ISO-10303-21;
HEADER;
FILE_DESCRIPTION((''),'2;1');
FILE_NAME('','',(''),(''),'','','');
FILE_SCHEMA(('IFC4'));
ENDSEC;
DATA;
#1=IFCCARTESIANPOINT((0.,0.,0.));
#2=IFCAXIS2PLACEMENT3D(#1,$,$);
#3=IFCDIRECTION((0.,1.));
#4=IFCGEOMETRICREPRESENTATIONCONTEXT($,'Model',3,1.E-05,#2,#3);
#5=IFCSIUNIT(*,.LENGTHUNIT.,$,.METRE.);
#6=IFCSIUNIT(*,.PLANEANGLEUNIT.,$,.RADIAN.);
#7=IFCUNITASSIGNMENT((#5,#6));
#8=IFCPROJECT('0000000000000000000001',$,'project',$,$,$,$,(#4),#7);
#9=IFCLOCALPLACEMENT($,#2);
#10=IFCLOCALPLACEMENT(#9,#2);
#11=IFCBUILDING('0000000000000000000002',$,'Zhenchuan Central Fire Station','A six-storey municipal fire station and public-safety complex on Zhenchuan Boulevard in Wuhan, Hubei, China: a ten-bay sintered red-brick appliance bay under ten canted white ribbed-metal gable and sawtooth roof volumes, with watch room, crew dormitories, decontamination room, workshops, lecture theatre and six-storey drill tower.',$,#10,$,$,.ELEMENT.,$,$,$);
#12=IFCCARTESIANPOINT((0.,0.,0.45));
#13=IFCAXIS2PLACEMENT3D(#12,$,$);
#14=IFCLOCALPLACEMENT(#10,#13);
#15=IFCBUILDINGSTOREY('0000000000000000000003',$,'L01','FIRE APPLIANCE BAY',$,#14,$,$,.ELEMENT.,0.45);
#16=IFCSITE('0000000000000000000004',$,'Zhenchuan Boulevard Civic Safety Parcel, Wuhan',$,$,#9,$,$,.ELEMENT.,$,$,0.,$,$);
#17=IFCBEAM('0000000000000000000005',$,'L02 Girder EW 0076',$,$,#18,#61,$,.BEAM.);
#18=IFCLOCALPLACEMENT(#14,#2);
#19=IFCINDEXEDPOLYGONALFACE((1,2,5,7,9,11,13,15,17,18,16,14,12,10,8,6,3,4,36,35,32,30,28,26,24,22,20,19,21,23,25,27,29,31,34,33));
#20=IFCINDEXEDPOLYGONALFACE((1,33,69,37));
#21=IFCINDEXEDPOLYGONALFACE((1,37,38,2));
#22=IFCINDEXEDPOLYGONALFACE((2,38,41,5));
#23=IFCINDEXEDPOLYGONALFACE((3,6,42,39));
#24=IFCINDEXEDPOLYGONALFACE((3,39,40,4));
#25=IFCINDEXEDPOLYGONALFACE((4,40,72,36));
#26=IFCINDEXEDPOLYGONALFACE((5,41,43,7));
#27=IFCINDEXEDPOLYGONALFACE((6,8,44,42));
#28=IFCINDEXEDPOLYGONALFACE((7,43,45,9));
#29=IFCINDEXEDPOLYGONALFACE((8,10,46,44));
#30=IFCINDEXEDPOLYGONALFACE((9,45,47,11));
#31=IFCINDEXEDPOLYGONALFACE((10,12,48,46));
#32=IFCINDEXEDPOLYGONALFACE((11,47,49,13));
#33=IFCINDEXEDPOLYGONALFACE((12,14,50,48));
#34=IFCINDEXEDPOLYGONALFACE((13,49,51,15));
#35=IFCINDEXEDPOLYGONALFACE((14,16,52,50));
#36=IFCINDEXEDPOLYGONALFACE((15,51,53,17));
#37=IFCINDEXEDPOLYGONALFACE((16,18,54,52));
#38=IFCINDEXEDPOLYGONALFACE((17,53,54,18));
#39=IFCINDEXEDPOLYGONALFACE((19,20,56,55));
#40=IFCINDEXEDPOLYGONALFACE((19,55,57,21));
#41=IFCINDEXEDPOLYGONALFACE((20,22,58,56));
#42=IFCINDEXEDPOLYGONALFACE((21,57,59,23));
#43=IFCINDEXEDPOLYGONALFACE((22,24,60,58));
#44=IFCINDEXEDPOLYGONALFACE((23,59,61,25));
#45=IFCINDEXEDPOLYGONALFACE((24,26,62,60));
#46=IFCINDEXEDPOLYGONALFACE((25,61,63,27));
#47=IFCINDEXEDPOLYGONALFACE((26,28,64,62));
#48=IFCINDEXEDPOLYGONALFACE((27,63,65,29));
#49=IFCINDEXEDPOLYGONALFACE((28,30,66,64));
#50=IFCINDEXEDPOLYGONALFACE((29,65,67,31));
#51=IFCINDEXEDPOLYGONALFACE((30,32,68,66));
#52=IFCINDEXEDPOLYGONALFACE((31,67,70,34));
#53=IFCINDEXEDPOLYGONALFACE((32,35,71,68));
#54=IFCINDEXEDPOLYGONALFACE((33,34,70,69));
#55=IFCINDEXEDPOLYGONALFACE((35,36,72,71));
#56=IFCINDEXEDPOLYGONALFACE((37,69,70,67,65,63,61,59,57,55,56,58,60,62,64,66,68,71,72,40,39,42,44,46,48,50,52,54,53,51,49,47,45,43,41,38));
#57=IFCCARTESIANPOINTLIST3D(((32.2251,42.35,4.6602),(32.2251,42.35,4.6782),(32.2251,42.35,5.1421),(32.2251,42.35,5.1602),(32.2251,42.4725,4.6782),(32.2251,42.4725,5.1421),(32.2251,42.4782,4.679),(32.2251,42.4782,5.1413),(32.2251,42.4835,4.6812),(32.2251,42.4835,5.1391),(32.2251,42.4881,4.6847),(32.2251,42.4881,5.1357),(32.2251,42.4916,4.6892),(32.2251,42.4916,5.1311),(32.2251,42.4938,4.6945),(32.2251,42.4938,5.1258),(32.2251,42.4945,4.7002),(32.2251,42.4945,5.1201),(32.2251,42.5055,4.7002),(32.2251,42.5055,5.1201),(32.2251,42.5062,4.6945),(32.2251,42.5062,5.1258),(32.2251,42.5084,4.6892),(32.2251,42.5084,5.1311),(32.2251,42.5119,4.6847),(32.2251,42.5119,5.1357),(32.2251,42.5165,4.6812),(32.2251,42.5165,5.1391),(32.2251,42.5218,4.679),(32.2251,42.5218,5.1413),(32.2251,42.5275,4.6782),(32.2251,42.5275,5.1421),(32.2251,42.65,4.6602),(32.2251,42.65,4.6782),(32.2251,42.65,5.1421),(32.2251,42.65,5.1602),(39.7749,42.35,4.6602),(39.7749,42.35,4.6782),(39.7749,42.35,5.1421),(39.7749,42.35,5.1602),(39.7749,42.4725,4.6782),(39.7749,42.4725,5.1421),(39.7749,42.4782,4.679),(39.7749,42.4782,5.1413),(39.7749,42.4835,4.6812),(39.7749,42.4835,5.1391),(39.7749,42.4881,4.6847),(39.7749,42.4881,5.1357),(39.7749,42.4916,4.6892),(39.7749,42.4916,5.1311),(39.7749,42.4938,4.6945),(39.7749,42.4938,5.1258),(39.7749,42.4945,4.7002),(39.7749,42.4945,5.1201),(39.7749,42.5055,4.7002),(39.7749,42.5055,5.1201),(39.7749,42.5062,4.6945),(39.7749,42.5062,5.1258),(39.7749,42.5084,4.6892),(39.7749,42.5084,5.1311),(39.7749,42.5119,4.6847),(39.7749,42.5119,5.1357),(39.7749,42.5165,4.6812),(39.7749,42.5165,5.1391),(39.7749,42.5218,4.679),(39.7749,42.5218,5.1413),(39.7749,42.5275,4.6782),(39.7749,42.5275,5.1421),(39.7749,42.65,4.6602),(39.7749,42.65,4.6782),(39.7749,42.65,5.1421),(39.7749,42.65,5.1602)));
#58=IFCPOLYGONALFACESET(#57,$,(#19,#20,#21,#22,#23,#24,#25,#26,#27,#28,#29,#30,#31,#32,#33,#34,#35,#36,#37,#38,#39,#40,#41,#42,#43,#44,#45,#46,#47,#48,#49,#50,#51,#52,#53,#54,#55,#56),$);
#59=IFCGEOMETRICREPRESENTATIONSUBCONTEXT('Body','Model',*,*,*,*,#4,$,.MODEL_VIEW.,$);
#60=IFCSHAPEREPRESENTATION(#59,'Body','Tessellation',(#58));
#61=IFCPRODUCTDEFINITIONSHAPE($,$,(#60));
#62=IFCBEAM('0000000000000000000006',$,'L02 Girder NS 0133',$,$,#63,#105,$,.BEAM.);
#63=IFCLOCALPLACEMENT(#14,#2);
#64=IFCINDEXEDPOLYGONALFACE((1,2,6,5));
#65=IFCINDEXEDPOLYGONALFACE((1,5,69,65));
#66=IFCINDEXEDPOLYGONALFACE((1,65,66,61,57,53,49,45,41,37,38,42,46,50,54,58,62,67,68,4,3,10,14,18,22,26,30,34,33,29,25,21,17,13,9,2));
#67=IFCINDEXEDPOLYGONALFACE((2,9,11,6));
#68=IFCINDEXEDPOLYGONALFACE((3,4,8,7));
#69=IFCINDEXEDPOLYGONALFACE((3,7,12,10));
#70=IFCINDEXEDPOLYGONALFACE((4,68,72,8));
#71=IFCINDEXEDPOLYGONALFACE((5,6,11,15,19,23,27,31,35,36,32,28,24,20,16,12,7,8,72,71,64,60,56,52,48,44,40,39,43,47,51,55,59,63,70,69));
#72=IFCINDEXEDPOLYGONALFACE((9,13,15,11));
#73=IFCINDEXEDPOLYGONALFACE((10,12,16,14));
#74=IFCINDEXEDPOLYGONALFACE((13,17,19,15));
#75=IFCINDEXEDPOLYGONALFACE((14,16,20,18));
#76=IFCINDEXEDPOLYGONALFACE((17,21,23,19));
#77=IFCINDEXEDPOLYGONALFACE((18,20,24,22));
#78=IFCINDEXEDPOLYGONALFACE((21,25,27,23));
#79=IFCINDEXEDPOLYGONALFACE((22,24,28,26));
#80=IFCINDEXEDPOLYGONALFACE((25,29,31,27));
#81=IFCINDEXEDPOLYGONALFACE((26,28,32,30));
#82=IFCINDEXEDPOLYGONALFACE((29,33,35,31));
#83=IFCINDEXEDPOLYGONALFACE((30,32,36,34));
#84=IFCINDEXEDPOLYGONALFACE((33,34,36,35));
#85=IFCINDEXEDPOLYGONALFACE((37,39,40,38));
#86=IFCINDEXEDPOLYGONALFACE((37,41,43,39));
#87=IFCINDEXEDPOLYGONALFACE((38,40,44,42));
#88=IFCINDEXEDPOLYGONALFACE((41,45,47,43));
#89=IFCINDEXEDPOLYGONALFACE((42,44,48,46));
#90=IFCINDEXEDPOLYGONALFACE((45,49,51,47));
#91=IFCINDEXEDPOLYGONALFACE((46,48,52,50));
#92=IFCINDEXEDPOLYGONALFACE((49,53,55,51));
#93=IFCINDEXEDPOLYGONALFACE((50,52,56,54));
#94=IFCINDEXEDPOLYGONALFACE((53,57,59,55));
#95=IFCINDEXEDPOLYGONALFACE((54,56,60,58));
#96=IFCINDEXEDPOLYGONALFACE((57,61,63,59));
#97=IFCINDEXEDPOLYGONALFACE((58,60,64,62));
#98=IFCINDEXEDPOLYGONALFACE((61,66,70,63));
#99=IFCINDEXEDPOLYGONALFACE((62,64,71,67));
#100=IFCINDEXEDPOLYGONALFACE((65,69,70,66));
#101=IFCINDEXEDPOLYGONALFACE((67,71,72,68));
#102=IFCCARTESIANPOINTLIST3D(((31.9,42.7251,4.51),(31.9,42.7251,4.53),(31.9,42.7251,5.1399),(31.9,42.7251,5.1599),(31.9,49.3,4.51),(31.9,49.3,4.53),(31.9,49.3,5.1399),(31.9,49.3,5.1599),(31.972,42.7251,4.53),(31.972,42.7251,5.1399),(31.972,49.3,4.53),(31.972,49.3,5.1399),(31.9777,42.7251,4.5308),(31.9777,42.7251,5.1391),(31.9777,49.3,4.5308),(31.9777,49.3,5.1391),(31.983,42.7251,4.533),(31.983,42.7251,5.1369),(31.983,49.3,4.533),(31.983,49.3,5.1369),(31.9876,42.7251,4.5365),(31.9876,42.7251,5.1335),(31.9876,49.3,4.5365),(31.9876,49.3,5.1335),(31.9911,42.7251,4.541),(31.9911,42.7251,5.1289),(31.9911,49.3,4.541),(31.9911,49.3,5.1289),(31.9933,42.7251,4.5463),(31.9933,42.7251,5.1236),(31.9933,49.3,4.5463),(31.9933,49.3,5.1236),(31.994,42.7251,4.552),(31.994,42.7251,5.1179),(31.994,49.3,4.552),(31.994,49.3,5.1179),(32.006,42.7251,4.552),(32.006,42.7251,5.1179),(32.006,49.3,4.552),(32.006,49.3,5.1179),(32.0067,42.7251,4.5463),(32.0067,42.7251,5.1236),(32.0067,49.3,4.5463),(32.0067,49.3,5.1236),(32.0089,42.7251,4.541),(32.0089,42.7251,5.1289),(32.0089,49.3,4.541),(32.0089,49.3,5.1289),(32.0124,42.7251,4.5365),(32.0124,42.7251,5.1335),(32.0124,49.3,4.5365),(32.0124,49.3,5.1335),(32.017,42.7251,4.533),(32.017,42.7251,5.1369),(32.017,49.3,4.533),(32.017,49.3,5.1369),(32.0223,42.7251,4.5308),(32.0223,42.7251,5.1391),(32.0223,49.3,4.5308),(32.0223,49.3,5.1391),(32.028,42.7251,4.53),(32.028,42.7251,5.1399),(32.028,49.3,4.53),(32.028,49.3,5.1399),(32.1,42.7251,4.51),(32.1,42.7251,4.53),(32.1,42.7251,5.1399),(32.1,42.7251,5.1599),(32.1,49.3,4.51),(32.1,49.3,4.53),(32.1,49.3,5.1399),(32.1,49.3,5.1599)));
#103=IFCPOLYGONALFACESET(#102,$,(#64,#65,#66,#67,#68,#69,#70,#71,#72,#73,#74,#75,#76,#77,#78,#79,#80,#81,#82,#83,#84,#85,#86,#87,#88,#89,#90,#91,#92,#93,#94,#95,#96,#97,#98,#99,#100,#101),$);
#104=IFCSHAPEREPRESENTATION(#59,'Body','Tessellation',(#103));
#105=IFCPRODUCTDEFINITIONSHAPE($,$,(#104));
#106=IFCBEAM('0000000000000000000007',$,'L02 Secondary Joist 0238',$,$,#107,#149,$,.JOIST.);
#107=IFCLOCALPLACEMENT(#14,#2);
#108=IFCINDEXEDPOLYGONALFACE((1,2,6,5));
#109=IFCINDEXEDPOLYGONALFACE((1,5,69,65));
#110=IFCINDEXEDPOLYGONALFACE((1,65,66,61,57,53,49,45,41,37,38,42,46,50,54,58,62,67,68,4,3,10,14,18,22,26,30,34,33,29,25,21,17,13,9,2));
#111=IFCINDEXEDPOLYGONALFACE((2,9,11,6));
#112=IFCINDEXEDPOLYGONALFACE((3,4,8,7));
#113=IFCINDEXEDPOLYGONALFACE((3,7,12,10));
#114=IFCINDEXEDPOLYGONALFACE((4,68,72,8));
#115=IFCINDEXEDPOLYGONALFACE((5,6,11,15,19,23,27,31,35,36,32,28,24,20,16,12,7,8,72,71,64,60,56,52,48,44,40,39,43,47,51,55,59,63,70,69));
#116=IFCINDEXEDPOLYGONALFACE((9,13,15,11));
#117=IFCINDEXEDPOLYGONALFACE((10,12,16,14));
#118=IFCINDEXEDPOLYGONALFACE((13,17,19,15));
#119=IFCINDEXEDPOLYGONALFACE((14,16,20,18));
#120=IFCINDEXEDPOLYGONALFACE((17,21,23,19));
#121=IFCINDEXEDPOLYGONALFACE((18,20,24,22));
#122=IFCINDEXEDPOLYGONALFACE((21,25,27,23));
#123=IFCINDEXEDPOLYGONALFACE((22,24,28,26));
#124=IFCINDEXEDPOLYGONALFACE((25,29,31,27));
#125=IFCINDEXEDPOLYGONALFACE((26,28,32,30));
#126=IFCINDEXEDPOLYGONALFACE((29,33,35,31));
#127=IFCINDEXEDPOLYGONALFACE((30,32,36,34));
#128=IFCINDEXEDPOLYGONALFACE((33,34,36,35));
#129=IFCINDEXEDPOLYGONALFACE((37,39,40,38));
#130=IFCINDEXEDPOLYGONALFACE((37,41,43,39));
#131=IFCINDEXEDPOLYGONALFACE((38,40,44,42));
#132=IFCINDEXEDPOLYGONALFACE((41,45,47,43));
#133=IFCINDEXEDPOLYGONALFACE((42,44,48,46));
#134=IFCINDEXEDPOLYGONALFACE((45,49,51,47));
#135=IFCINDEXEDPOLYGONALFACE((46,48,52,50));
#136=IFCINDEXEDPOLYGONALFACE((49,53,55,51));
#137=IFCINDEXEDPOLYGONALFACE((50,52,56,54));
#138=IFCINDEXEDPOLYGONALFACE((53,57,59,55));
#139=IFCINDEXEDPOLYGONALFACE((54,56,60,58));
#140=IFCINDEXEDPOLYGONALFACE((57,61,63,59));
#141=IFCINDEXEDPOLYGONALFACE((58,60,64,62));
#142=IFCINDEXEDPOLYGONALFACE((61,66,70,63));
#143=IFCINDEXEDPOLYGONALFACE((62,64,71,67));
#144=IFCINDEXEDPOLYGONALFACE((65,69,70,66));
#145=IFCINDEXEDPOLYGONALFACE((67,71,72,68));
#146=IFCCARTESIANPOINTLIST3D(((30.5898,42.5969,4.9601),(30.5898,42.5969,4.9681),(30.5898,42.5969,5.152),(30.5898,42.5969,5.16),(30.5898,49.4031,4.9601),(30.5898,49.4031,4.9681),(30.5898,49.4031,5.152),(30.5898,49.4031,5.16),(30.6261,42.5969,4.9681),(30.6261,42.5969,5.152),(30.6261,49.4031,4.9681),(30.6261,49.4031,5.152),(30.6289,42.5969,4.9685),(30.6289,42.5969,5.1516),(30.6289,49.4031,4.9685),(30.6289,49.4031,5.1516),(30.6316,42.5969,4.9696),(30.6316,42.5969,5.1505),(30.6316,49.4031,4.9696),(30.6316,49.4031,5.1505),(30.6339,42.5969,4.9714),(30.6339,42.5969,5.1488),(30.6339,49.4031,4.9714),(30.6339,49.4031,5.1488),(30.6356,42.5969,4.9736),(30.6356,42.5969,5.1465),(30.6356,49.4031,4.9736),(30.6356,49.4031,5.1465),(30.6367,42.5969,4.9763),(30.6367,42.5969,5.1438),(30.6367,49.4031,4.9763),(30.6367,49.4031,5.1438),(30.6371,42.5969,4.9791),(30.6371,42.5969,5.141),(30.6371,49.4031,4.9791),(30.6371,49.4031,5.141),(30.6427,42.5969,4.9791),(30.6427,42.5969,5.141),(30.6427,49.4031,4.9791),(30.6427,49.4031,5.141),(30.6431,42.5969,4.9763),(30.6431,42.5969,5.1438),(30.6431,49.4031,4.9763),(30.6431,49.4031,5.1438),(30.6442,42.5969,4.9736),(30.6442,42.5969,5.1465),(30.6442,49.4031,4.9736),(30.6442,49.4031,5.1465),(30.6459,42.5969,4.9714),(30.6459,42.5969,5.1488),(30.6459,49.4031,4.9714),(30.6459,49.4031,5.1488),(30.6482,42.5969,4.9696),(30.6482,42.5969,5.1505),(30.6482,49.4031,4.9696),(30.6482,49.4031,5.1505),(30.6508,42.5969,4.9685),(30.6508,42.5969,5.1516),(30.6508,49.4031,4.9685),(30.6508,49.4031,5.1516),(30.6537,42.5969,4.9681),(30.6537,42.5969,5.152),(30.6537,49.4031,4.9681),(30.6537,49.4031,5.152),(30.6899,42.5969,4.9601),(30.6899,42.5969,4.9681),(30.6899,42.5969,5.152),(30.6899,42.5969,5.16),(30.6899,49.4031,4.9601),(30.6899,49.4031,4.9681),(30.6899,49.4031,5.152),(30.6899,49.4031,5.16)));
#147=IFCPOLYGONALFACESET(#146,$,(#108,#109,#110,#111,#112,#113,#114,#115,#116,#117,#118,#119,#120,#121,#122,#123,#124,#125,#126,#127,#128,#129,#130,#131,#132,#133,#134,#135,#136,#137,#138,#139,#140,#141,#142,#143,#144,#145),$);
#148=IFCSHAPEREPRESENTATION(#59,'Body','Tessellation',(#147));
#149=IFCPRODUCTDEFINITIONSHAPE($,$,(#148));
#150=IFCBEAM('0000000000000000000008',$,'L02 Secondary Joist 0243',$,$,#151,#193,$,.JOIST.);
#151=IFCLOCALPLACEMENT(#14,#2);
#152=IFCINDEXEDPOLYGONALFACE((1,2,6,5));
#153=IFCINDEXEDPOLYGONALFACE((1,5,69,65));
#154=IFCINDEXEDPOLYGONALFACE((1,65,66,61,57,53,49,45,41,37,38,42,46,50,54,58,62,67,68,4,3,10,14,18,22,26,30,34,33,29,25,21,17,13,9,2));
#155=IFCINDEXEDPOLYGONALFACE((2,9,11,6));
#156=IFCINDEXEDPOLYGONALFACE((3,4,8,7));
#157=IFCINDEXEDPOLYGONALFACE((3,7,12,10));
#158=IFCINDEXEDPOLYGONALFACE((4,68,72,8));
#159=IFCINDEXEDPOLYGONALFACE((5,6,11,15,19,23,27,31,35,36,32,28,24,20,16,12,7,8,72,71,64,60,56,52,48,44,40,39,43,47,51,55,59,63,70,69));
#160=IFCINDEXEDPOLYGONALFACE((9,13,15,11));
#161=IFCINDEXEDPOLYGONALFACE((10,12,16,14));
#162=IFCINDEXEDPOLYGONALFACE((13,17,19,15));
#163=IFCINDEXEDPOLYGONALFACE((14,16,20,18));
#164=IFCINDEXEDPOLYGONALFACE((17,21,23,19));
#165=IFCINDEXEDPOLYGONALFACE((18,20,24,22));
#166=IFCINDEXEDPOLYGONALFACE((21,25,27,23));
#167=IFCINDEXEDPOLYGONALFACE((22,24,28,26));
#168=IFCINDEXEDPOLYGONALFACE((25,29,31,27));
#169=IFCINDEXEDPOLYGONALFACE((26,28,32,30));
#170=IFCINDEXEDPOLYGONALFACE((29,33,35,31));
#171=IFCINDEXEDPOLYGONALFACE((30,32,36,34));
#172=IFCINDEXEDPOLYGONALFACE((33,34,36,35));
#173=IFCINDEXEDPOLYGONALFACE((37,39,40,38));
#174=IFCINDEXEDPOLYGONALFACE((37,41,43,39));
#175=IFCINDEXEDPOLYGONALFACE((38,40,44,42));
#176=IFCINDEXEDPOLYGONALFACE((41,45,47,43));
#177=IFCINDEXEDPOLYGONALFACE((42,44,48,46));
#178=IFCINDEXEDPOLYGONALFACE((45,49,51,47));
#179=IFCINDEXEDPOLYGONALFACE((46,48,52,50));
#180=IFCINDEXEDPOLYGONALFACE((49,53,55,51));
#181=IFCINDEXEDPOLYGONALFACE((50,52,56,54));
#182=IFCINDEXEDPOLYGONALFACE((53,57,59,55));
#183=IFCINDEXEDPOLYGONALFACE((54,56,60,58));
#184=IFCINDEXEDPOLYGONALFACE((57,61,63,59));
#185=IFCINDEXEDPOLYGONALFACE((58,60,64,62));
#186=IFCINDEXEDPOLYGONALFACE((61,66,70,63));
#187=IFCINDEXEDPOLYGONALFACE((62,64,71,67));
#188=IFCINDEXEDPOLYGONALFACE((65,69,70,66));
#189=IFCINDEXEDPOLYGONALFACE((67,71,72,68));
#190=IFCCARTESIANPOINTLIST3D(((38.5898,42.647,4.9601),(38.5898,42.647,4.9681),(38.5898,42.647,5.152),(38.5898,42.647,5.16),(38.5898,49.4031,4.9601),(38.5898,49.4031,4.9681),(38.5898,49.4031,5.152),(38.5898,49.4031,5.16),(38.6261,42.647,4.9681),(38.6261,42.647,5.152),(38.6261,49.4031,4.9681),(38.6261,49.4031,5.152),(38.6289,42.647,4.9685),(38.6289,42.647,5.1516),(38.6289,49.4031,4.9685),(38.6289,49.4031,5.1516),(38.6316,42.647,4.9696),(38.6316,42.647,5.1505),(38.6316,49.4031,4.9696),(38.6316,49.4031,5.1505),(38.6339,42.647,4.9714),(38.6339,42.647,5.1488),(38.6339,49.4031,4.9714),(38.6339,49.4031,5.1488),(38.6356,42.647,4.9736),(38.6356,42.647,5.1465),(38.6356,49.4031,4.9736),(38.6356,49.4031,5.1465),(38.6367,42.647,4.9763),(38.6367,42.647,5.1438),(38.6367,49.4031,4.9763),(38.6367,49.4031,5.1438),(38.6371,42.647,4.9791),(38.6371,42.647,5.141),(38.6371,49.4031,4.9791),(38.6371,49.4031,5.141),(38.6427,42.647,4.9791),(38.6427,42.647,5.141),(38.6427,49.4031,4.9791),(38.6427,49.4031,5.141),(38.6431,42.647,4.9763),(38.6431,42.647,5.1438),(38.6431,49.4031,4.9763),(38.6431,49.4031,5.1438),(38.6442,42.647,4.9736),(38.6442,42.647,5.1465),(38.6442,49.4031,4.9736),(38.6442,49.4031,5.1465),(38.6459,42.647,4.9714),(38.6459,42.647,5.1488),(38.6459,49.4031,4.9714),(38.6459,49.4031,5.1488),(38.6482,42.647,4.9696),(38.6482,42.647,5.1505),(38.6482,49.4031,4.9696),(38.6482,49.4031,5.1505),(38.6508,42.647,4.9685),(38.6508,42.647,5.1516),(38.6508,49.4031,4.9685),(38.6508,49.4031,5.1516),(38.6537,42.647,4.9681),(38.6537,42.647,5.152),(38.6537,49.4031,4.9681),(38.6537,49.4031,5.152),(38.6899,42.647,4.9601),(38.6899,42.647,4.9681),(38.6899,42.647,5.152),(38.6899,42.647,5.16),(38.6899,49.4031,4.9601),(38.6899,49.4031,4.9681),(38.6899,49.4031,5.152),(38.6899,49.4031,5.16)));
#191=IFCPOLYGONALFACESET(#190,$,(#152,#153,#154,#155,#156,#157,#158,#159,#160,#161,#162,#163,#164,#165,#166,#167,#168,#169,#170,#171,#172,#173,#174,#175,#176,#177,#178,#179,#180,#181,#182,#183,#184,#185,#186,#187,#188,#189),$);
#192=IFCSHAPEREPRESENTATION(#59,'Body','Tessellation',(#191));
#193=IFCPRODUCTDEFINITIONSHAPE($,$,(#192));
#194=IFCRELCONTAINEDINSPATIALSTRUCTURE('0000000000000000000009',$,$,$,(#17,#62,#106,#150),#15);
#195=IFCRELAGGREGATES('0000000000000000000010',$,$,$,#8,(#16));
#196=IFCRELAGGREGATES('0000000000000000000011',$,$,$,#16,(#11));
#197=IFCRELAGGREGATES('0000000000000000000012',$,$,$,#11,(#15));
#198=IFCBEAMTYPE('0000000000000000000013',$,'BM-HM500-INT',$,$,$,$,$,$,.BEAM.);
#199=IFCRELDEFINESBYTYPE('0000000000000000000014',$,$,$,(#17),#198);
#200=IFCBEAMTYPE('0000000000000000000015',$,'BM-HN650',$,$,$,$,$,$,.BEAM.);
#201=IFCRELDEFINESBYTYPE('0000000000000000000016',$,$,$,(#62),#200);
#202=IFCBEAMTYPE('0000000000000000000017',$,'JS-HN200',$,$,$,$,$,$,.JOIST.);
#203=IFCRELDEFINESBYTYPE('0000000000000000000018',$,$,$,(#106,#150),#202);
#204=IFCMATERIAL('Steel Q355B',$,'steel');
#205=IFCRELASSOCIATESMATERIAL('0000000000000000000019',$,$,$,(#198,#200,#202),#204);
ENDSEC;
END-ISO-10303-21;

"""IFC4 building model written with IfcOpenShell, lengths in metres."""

from ifc_helpers import new_model, si_unit, direction, frame, origin, origin_2d, place, context, subcontext, project, spatial, i_section, extrude, material, material_profile, profile_set, type_object, element, save


model = new_model("IFC4")

# Units and contexts
model_context = context("Model", 3, precision=1e-05, world=origin(), true_north=direction((0.0, 1.0)))
body_context = subcontext(model_context, "Body", "Model", "MODEL_VIEW")
ifc_project = project(units=[si_unit("LENGTHUNIT", "METRE"), si_unit("PLANEANGLEUNIT", "RADIAN")], contexts=[model_context])

# Site, building, storey
site_placement = place(None, origin())
site = spatial("IfcSite", under=ifc_project, at=site_placement, Name="Zhenchuan Boulevard Civic Safety Parcel, Wuhan", CompositionType="ELEMENT", RefElevation=0.0)
building_placement = place(site_placement, origin())
building = spatial("IfcBuilding", under=site, at=building_placement, Name="Zhenchuan Central Fire Station", Description="A six-storey municipal fire station and public-safety complex on Zhenchuan Boulevard in Wuhan, Hubei, China: a ten-bay sintered red-brick appliance bay under ten canted white ribbed-metal gable and sawtooth roof volumes, with watch room, crew dormitories, decontamination room, workshops, lecture theatre and six-storey drill tower.", CompositionType="ELEMENT")
storey_placement = place(building_placement, frame((0.0, 0.0, 0.45)))
storey = spatial("IfcBuildingStorey", under=building, at=storey_placement, Name="L01", Description="FIRE APPLIANCE BAY", CompositionType="ELEMENT", Elevation=0.45)

# Shared definitions
ifc_material_1 = material(Name="Steel Q355B", Category="steel")

# Beams
ifc_material_profile_1 = material_profile(ifc_material_1, i_section(OverallWidth=0.3, OverallDepth=0.5, WebThickness=0.011, FlangeThickness=0.0181, FilletRadius=0.022, at=origin_2d()), Name="HM 500x300")
ifc_profile_set_1 = profile_set([ifc_material_profile_1], Name="Steel Q355B")
beam_type_1 = type_object("IfcBeamType", Name="BM-HM500-INT", PredefinedType="BEAM", material=ifc_profile_set_1)
beam_1_placement = place(storey_placement, frame((32.2251, 42.5, 4.9102), z_axis=(1.0, 0.0, 0.0), x_axis=(0.0, 1.0, 0.0)))
element("IfcBeam", 1, at=beam_1_placement, inside=storey, type_object=beam_type_1, Name="L02 Girder EW 0076", PredefinedType="BEAM", context=body_context, shape_type="SweptSolid", body=[
    extrude(i_section(OverallWidth=0.3, OverallDepth=0.5, WebThickness=0.011, FlangeThickness=0.0181, FilletRadius=0.022, at=origin_2d()), origin(), (0.0, 0.0, 1.0), 7.5498),
])
ifc_material_profile_2 = material_profile(ifc_material_1, i_section(OverallWidth=0.2, OverallDepth=0.6499, WebThickness=0.012, FlangeThickness=0.02, FilletRadius=0.022, at=origin_2d()), Name="HN 650x200")
ifc_profile_set_2 = profile_set([ifc_material_profile_2], Name="Steel Q355B")
beam_type_2 = type_object("IfcBeamType", Name="BM-HN650", PredefinedType="BEAM", material=ifc_profile_set_2)
beam_2_placement = place(storey_placement, frame((32.0, 42.7251, 4.835), z_axis=(0.0, 1.0, 0.0), x_axis=(-1.0, 0.0, 0.0)))
element("IfcBeam", 2, at=beam_2_placement, inside=storey, type_object=beam_type_2, Name="L02 Girder NS 0133", PredefinedType="BEAM", context=body_context, shape_type="SweptSolid", body=[
    extrude(i_section(OverallWidth=0.2, OverallDepth=0.6499, WebThickness=0.012, FlangeThickness=0.02, FilletRadius=0.022, at=origin_2d()), origin(), (0.0, 0.0, 1.0), 6.575),
])
ifc_material_profile_3 = material_profile(ifc_material_1, i_section(OverallWidth=0.1001, OverallDepth=0.2, WebThickness=0.0056, FlangeThickness=0.0081, FilletRadius=0.011, at=origin_2d()), Name="HN 200x100")
ifc_profile_set_3 = profile_set([ifc_material_profile_3], Name="Steel Q355B")
beam_type_3 = type_object("IfcBeamType", Name="JS-HN200", PredefinedType="JOIST", material=ifc_profile_set_3)
beam_3_placement = place(storey_placement, frame((30.6399, 42.5969, 5.0601), z_axis=(0.0, 1.0, 0.0), x_axis=(-1.0, 0.0, 0.0)))
element("IfcBeam", 3, at=beam_3_placement, inside=storey, type_object=beam_type_3, Name="L02 Secondary Joist 0238", PredefinedType="JOIST", context=body_context, shape_type="SweptSolid", body=[
    extrude(i_section(OverallWidth=0.1001, OverallDepth=0.2, WebThickness=0.0056, FlangeThickness=0.0081, FilletRadius=0.011, at=origin_2d()), origin(), (0.0, 0.0, 1.0), 6.8062),
])
beam_4_placement = place(storey_placement, frame((38.6399, 42.647, 5.0601), z_axis=(0.0, 1.0, 0.0), x_axis=(-1.0, 0.0, 0.0)))
element("IfcBeam", 4, at=beam_4_placement, inside=storey, type_object=beam_type_3, Name="L02 Secondary Joist 0243", PredefinedType="JOIST", context=body_context, shape_type="SweptSolid", body=[
    extrude(i_section(OverallWidth=0.1001, OverallDepth=0.2, WebThickness=0.0056, FlangeThickness=0.0081, FilletRadius=0.011, at=origin_2d()), origin(), (0.0, 0.0, 1.0), 6.7561),
])

save(model, "model.ifc")
